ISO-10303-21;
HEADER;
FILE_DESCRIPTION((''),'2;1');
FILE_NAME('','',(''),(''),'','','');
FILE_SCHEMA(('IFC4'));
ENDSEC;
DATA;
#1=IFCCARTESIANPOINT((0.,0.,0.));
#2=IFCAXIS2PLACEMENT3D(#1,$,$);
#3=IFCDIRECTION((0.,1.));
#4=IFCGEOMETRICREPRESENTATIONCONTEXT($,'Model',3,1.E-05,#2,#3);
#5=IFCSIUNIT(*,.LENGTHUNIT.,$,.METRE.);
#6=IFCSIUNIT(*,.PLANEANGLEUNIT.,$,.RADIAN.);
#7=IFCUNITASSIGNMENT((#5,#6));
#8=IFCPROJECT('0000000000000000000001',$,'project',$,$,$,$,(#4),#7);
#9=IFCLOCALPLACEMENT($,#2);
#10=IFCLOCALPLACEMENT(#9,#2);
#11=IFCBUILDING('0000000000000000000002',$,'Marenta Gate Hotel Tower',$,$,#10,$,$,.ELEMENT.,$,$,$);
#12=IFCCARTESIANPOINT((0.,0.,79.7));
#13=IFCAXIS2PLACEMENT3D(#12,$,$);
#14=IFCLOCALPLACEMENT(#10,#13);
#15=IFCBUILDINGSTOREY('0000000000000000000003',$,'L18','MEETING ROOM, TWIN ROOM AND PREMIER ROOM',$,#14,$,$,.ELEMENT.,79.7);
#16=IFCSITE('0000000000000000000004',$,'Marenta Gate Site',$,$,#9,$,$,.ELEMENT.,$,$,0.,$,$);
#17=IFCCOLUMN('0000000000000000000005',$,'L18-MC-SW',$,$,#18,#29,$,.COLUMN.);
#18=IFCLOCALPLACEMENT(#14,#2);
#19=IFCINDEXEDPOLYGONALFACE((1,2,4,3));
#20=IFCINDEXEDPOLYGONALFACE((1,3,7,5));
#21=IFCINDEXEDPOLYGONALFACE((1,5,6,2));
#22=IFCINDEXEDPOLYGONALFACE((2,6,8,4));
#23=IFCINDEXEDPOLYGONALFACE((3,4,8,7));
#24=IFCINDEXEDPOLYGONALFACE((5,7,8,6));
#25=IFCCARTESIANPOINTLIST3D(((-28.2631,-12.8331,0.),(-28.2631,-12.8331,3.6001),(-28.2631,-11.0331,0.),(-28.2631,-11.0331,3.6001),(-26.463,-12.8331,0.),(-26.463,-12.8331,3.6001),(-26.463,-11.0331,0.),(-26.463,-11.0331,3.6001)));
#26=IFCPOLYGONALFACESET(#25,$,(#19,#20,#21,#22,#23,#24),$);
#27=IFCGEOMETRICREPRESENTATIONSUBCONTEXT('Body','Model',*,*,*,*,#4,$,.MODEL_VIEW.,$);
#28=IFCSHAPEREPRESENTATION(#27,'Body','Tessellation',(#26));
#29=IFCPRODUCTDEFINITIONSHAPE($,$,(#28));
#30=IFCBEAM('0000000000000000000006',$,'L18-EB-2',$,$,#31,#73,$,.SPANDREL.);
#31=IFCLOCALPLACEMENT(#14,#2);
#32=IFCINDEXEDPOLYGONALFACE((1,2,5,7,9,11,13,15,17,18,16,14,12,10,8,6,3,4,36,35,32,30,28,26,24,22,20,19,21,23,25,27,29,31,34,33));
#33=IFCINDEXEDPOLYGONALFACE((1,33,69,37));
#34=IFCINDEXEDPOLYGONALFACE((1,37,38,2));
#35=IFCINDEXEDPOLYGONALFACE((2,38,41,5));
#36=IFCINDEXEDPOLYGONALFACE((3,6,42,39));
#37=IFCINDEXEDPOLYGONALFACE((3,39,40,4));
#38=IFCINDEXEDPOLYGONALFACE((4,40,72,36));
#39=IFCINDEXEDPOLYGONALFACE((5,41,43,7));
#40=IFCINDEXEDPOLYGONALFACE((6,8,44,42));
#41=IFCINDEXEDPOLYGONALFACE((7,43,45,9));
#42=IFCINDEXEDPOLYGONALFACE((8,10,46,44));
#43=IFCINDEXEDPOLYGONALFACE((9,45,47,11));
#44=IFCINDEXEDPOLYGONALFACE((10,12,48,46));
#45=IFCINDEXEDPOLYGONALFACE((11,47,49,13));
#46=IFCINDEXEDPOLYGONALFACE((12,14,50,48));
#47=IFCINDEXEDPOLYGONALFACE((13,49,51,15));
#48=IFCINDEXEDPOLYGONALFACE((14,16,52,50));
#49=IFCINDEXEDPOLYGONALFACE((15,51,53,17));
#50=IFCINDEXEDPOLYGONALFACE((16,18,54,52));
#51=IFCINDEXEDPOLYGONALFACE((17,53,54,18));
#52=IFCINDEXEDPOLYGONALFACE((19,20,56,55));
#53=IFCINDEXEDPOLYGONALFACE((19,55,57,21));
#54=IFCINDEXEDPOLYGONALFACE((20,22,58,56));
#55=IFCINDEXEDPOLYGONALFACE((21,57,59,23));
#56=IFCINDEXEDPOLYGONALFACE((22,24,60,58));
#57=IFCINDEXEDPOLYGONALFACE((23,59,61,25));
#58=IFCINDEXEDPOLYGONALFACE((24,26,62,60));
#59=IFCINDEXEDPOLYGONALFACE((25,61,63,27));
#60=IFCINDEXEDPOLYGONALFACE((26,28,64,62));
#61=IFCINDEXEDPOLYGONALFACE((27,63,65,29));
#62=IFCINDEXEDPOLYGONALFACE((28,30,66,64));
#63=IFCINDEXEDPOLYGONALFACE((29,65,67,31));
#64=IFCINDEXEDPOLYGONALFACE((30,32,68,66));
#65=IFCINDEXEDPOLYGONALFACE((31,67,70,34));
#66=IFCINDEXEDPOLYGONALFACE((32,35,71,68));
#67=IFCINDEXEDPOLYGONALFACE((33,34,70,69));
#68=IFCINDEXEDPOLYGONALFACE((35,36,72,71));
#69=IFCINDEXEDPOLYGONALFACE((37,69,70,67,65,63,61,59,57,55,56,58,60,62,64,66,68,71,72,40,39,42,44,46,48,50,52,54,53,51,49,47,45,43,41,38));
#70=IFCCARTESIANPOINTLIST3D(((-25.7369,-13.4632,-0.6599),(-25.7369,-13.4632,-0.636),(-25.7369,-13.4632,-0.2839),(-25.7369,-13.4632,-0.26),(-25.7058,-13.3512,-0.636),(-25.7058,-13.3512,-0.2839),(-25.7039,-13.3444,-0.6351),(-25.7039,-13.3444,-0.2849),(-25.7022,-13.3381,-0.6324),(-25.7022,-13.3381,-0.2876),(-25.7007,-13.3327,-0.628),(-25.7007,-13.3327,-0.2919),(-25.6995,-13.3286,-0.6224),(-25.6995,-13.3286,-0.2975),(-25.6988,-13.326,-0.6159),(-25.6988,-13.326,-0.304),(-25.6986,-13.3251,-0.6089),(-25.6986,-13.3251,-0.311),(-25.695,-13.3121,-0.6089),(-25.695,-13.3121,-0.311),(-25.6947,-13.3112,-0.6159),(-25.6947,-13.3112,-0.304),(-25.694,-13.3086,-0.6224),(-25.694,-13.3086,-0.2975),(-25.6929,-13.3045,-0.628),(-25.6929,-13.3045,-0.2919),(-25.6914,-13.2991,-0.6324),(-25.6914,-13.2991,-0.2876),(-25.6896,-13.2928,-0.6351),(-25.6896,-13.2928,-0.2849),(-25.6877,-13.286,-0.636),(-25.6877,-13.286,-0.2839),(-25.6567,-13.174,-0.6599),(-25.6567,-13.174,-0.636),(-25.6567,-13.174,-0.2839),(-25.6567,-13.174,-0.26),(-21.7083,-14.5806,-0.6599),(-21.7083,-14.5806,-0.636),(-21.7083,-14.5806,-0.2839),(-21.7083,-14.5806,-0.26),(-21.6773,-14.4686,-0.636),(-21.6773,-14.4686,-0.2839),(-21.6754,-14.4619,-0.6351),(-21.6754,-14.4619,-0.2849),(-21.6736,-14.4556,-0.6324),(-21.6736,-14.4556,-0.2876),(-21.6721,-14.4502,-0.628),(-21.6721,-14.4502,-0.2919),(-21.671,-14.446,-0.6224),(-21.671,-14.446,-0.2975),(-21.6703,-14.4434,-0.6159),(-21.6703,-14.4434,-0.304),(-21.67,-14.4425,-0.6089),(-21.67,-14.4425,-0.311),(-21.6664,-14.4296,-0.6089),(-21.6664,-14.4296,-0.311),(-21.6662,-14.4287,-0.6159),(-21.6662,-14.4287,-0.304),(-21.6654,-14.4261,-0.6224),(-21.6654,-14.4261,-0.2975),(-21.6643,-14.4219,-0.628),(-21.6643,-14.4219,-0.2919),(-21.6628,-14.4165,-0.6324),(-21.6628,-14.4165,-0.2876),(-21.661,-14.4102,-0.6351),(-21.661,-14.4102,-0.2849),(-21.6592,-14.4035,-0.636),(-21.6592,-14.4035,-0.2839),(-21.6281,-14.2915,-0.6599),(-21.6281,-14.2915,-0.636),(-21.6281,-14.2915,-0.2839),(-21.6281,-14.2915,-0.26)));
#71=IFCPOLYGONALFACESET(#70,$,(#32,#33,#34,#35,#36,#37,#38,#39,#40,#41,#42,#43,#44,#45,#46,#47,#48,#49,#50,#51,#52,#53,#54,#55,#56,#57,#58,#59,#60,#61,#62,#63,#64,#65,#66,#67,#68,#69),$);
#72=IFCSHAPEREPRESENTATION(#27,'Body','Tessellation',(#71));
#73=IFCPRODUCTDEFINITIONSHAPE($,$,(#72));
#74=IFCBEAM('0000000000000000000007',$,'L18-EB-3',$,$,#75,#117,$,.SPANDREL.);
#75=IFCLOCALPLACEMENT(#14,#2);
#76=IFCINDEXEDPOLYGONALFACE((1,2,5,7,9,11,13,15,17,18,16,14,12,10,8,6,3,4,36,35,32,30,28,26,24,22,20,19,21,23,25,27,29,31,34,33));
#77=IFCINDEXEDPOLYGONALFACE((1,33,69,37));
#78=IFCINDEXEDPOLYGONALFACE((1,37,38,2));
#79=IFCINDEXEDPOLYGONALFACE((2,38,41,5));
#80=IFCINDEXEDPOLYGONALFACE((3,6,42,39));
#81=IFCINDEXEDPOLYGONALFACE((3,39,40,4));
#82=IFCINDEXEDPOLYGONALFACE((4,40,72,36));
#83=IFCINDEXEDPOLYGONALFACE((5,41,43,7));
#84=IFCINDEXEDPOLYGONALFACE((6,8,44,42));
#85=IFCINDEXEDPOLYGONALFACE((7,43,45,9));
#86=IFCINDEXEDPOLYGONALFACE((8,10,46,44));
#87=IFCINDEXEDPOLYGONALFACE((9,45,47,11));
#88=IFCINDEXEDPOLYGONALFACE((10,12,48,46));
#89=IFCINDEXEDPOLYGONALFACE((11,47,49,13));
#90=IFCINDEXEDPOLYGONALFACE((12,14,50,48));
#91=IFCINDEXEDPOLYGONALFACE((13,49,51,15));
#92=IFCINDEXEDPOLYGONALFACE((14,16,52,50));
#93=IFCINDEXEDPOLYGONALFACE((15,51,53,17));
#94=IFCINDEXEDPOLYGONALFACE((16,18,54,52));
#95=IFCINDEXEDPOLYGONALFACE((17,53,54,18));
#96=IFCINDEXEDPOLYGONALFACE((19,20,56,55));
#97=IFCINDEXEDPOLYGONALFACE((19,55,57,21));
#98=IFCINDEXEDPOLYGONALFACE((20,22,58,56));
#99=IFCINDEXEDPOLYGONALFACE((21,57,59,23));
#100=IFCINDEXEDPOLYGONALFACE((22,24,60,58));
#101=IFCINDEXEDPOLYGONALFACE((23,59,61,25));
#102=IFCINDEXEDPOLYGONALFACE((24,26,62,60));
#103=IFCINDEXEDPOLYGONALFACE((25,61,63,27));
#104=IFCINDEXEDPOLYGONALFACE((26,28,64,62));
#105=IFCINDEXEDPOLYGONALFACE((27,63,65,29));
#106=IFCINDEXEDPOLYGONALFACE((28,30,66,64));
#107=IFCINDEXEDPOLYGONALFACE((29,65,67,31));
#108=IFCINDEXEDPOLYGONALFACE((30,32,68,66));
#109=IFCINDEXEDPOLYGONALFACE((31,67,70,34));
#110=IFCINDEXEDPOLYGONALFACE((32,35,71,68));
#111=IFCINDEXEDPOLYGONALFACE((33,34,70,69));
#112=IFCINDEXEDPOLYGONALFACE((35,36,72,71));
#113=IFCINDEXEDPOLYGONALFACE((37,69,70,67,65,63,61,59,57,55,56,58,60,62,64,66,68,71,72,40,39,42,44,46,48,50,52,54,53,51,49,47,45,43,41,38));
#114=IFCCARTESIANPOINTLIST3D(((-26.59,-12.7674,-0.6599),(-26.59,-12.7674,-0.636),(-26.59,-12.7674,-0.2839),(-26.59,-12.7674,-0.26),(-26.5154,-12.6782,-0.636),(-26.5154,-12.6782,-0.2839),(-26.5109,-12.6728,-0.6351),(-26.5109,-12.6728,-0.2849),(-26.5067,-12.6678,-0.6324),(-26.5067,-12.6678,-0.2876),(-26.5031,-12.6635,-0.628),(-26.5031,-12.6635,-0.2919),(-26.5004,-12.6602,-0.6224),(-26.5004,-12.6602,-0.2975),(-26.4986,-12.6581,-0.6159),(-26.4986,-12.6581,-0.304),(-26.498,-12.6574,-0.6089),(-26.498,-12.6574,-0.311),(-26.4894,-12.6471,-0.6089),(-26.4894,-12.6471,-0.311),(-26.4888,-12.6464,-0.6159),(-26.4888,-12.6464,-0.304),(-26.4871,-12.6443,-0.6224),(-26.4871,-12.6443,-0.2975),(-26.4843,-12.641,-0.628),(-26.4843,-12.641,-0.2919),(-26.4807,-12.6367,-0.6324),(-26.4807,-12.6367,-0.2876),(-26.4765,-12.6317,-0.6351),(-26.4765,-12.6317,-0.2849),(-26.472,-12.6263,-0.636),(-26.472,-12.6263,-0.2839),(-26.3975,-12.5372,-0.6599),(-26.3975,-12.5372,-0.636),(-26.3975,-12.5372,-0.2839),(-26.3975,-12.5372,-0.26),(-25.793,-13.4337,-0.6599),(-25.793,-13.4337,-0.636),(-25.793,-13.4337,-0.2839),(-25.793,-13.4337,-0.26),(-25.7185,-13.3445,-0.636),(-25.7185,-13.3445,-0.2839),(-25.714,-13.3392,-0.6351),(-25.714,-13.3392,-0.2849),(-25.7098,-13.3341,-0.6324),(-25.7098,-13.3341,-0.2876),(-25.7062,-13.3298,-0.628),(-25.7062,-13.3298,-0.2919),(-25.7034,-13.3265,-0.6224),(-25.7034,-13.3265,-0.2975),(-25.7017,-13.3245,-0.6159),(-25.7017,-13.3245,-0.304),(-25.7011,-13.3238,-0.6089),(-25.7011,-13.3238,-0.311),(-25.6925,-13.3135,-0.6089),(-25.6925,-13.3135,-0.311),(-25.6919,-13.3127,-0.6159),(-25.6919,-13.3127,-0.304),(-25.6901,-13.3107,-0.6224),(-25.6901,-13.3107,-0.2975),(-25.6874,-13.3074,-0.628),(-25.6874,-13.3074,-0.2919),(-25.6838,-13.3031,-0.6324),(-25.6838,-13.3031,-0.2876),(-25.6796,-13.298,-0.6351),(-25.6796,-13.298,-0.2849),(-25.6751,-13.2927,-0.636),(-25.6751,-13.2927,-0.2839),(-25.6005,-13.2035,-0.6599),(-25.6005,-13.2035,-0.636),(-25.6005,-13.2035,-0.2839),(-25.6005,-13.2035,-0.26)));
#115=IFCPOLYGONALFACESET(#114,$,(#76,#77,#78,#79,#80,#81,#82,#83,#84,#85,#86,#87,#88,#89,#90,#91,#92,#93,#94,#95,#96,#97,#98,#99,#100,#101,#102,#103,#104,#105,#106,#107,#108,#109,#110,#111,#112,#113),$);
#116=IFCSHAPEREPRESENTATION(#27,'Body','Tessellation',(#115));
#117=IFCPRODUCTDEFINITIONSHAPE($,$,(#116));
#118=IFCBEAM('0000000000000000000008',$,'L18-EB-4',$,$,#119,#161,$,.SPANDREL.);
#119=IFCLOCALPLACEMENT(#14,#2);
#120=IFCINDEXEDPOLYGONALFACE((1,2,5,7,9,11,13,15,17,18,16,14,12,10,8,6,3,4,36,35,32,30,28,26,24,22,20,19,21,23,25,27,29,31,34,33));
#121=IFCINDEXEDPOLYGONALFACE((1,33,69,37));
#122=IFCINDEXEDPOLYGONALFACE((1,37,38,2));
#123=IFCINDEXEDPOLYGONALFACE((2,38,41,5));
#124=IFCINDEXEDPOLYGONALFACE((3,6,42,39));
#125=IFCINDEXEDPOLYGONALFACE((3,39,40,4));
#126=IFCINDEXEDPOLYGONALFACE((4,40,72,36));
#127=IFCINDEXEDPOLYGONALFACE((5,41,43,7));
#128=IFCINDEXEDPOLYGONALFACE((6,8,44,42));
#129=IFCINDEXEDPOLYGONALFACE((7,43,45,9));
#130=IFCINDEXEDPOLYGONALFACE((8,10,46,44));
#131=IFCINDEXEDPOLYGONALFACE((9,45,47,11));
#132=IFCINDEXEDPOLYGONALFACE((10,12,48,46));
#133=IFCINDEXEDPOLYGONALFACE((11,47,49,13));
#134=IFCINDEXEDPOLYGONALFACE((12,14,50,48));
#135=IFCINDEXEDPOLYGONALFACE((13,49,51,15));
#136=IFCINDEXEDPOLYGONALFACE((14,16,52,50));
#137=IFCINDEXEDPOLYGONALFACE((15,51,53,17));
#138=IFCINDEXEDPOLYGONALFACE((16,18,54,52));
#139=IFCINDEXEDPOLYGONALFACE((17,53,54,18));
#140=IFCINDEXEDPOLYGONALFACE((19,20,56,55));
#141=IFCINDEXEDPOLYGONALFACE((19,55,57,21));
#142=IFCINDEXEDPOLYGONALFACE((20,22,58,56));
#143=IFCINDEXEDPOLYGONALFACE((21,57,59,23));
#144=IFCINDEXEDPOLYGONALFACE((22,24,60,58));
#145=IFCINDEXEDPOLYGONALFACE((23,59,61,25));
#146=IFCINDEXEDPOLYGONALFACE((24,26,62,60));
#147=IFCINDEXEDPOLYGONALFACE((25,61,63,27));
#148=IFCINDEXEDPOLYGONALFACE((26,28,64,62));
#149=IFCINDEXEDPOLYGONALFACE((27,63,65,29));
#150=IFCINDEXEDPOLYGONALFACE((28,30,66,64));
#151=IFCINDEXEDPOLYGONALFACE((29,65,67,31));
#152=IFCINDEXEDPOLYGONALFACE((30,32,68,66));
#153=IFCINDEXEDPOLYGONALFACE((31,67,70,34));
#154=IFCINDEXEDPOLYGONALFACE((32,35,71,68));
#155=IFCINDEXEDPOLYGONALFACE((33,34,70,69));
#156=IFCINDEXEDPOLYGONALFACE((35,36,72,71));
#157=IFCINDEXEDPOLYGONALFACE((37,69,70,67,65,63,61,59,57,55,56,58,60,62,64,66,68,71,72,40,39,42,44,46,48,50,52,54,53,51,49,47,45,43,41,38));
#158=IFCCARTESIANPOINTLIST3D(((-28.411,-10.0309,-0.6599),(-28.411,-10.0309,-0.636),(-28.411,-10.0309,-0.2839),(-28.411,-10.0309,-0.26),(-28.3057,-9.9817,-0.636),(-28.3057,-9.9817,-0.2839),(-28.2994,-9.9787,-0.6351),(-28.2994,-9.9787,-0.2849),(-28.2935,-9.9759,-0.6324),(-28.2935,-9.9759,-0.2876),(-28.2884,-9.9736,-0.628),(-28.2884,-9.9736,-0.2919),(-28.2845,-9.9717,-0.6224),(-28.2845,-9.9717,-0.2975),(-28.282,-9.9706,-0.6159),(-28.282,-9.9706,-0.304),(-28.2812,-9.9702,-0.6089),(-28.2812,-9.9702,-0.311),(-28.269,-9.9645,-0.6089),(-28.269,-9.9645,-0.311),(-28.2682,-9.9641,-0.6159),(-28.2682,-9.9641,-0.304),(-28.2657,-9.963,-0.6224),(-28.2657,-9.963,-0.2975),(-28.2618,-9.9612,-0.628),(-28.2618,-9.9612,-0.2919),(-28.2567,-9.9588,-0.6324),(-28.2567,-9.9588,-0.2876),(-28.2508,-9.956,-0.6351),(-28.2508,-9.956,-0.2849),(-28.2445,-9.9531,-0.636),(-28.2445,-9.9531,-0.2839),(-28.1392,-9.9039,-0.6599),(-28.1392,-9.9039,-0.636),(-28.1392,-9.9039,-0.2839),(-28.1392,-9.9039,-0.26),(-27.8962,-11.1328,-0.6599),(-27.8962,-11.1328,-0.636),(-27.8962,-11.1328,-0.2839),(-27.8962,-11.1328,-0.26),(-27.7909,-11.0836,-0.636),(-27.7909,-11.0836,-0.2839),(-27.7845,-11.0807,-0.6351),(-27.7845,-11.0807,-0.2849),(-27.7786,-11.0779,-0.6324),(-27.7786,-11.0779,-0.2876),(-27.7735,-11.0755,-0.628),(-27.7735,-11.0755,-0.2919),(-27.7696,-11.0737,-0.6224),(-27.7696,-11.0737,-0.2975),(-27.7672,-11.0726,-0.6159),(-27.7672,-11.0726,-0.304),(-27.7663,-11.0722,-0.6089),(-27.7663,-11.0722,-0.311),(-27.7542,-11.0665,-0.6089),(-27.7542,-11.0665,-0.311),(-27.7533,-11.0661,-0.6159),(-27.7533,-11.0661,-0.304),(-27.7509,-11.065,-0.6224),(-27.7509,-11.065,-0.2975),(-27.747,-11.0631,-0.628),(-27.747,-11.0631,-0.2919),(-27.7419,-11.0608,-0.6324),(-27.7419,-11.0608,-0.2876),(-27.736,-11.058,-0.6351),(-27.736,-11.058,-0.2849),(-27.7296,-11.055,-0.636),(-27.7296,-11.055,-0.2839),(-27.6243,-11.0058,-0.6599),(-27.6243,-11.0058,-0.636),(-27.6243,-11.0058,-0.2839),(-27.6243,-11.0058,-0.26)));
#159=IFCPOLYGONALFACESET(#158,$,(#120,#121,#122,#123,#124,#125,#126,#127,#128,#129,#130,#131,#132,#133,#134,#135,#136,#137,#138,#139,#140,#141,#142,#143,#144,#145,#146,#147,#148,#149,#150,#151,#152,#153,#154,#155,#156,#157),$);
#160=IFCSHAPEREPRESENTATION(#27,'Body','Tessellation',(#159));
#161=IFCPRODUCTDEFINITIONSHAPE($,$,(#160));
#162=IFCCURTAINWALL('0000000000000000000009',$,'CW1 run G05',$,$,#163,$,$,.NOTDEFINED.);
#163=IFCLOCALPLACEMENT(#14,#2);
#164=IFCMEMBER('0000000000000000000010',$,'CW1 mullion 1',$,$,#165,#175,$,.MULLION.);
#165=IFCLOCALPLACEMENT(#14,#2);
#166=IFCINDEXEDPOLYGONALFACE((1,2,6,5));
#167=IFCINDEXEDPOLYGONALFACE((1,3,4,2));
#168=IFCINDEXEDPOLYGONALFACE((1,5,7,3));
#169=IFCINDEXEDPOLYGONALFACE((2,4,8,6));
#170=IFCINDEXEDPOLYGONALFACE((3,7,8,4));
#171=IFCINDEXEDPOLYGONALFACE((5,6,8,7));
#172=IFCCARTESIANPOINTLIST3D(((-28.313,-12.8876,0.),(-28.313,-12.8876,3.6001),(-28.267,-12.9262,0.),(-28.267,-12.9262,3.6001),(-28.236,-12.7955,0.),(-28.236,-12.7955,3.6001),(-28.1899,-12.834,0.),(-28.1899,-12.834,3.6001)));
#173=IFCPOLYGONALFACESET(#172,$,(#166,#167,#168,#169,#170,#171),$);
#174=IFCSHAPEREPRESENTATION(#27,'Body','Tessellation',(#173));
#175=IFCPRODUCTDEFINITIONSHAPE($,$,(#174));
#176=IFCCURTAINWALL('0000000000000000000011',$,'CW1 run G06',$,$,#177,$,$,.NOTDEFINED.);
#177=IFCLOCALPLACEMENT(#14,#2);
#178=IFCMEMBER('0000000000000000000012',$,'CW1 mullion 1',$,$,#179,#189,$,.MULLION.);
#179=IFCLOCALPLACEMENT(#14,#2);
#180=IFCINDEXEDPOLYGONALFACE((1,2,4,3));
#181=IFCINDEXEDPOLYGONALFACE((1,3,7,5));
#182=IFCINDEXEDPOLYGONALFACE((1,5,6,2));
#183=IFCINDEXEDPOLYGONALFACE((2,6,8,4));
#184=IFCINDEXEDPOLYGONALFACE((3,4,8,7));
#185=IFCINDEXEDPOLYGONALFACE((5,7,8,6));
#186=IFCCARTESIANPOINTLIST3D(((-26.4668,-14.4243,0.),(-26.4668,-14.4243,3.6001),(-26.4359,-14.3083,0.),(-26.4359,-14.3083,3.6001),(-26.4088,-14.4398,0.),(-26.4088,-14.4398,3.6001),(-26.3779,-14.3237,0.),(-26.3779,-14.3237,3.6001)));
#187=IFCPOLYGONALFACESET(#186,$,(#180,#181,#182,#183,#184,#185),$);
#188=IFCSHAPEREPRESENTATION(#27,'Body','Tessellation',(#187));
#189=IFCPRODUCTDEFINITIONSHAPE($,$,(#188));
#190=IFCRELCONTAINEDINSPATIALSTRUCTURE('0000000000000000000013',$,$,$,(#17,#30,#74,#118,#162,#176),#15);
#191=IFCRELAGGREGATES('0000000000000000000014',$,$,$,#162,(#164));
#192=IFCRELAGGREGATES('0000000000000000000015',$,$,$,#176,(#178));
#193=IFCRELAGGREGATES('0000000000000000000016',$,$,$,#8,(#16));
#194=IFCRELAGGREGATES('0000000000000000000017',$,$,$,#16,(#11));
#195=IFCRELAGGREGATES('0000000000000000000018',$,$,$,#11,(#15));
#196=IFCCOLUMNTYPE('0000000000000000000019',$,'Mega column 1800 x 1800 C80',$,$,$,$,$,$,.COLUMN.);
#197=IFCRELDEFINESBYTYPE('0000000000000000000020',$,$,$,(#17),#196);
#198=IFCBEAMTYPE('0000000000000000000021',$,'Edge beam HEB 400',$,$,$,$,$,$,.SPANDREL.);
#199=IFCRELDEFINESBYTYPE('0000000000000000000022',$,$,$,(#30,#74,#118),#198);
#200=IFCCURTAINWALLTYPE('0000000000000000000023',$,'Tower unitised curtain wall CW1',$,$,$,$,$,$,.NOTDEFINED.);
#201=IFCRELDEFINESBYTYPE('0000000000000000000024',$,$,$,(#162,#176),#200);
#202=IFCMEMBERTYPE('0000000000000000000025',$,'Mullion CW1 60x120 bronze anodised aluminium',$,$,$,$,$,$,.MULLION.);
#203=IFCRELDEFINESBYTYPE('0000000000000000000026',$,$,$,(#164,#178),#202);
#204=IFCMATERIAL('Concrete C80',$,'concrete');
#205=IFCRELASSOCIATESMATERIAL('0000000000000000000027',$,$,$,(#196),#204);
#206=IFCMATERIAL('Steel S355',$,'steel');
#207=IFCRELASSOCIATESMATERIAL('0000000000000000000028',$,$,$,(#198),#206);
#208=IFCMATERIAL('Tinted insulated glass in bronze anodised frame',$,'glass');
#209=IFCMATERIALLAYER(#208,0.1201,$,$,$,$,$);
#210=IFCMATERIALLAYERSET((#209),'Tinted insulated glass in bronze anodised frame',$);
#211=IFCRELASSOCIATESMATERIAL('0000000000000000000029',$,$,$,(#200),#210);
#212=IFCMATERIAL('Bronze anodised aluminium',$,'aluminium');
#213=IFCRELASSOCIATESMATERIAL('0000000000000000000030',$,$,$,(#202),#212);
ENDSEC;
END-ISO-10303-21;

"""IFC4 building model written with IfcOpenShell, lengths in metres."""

from ifc_helpers import new_model, si_unit, direction, frame, origin, origin_2d, place, context, subcontext, project, spatial, rectangle, i_section, extrude, material, layer, layer_set, material_profile, profile_set, type_object, element, aggregate, save


model = new_model("IFC4")

# Units and contexts
model_context = context("Model", 3, precision=1e-05, world=origin(), true_north=direction((0.0, 1.0)))
body_context = subcontext(model_context, "Body", "Model", "MODEL_VIEW")
ifc_project = project(units=[si_unit("LENGTHUNIT", "METRE"), si_unit("PLANEANGLEUNIT", "RADIAN")], contexts=[model_context])

# Site, building, storey
site_placement = place(None, origin())
site = spatial("IfcSite", under=ifc_project, at=site_placement, Name="Marenta Gate Site", CompositionType="ELEMENT", RefElevation=0.0)
building_placement = place(site_placement, origin())
building = spatial("IfcBuilding", under=site, at=building_placement, Name="Marenta Gate Hotel Tower", CompositionType="ELEMENT")
storey_placement = place(building_placement, frame((0.0, 0.0, 79.7)))
storey = spatial("IfcBuildingStorey", under=building, at=storey_placement, Name="L18", Description="MEETING ROOM, TWIN ROOM AND PREMIER ROOM", CompositionType="ELEMENT", Elevation=79.7)

# Column
ifc_material_1 = material(Name="Concrete C80", Category="concrete")
ifc_material_profile_1 = material_profile(ifc_material_1, rectangle(XDim=1.8, YDim=1.8, at=origin_2d()), Name="1800 x 1800")
ifc_profile_set_1 = profile_set([ifc_material_profile_1], Name="Concrete C80")
column_type = type_object("IfcColumnType", Name="Mega column 1800 x 1800 C80", PredefinedType="COLUMN", material=ifc_profile_set_1)
column_placement = place(storey_placement, frame((-27.363, -11.9331, 0.0), z_axis=(0.0, 0.0, 1.0), x_axis=(1.0, 0.0, 0.0)))
element("IfcColumn", 1, at=column_placement, inside=storey, type_object=column_type, Name="L18-MC-SW", PredefinedType="COLUMN", context=body_context, shape_type="SweptSolid", body=[
    extrude(rectangle(XDim=1.8, YDim=1.8, at=origin_2d()), origin(), (0.0, 0.0, 1.0), 3.6001),
])

# Beams
ifc_material_2 = material(Name="Steel S355", Category="steel")
ifc_material_profile_2 = material_profile(ifc_material_2, i_section(OverallWidth=0.3, OverallDepth=0.3999, WebThickness=0.0134, FlangeThickness=0.0239, FilletRadius=0.0271, at=origin_2d()), Name="HEB 400")
ifc_profile_set_2 = profile_set([ifc_material_profile_2], Name="Steel S355")
beam_type = type_object("IfcBeamType", Name="Edge beam HEB 400", PredefinedType="SPANDREL", material=ifc_profile_set_2)
beam_1_placement = place(storey_placement, frame((-21.6682, -14.436, -0.46), z_axis=(-0.963617, 0.267285, 0.0), x_axis=(-0.267285, -0.963617, 0.0)))
element("IfcBeam", 2, at=beam_1_placement, inside=storey, type_object=beam_type, Name="L18-EB-2", PredefinedType="SPANDREL", context=body_context, shape_type="SweptSolid", body=[
    extrude(i_section(OverallWidth=0.3, OverallDepth=0.3999, WebThickness=0.0134, FlangeThickness=0.0239, FilletRadius=0.0271, at=origin_2d()), origin(), (0.0, 0.0, 1.0), 4.1807),
])
beam_2_placement = place(storey_placement, frame((-25.6968, -13.3186, -0.46), z_axis=(-0.76718, 0.641432, 0.0), x_axis=(-0.641432, -0.76718, 0.0)))
element("IfcBeam", 3, at=beam_2_placement, inside=storey, type_object=beam_type, Name="L18-EB-3", PredefinedType="SPANDREL", context=body_context, shape_type="SweptSolid", body=[
    extrude(i_section(OverallWidth=0.3, OverallDepth=0.3999, WebThickness=0.0134, FlangeThickness=0.0239, FilletRadius=0.0271, at=origin_2d()), origin(), (0.0, 0.0, 1.0), 1.0388),
])
beam_3_placement = place(storey_placement, frame((-27.7603, -11.0693, -0.46), z_axis=(-0.423292, 0.905993, 0.0), x_axis=(-0.905993, -0.423292, 0.0)))
element("IfcBeam", 4, at=beam_3_placement, inside=storey, type_object=beam_type, Name="L18-EB-4", PredefinedType="SPANDREL", context=body_context, shape_type="SweptSolid", body=[
    extrude(i_section(OverallWidth=0.3, OverallDepth=0.3999, WebThickness=0.0134, FlangeThickness=0.0239, FilletRadius=0.0271, at=origin_2d()), origin(), (0.0, 0.0, 1.0), 1.2163),
])

# Curtain walls, members
ifc_material_3 = material(Name="Tinted insulated glass in bronze anodised frame", Category="glass")
ifc_layer_1 = layer(ifc_material_3, 0.1201)
ifc_layer_set_1 = layer_set([ifc_layer_1], Name="Tinted insulated glass in bronze anodised frame")
curtain_wall_type = type_object("IfcCurtainWallType", Name="Tower unitised curtain wall CW1", PredefinedType="NOTDEFINED", material=ifc_layer_set_1)
curtain_wall_1_placement = place(storey_placement, origin())
curtain_wall_1 = element("IfcCurtainWall", 5, at=curtain_wall_1_placement, inside=storey, type_object=curtain_wall_type, Name="CW1 run G05", PredefinedType="NOTDEFINED")
ifc_material_4 = material(Name="Bronze anodised aluminium", Category="aluminium")
ifc_material_profile_3 = material_profile(ifc_material_4, rectangle(XDim=0.1201, YDim=0.0601, at=origin_2d()), Name="Mullion CW1 60x120 bronze anodised aluminium")
ifc_profile_set_3 = profile_set([ifc_material_profile_3], Name="Bronze anodised aluminium")
member_type_1 = type_object("IfcMemberType", Name="Mullion CW1 60x120 bronze anodised aluminium", PredefinedType="MULLION", material=ifc_profile_set_3)
member_1_placement = place(storey_placement, frame((-28.2515, -12.8608, 0.0), z_axis=(0.0, 0.0, 1.0), x_axis=(0.641512, 0.767113, 0.0)))
member_1 = element("IfcMember", 6, at=member_1_placement, type_object=member_type_1, Name="CW1 mullion 1", PredefinedType="MULLION", context=body_context, shape_type="SweptSolid", body=[
    extrude(rectangle(XDim=0.1201, YDim=0.0601, at=origin_2d()), origin(), (0.0, 0.0, 1.0), 3.6001),
])
curtain_wall_2_placement = place(storey_placement, origin())
curtain_wall_2 = element("IfcCurtainWall", 7, at=curtain_wall_2_placement, inside=storey, type_object=curtain_wall_type, Name="CW1 run G06", PredefinedType="NOTDEFINED")
member_2_placement = place(storey_placement, frame((-26.4224, -14.374, 0.0), z_axis=(0.0, 0.0, 1.0), x_axis=(0.257142, 0.966374, 0.0)))
member_2 = element("IfcMember", 8, at=member_2_placement, type_object=member_type_1, Name="CW1 mullion 1", PredefinedType="MULLION", context=body_context, shape_type="SweptSolid", body=[
    extrude(rectangle(XDim=0.1201, YDim=0.0601, at=origin_2d()), origin(), (0.0, 0.0, 1.0), 3.6001),
])

aggregate(curtain_wall_1, [member_1])
aggregate(curtain_wall_2, [member_2])

save(model, "model.ifc")
